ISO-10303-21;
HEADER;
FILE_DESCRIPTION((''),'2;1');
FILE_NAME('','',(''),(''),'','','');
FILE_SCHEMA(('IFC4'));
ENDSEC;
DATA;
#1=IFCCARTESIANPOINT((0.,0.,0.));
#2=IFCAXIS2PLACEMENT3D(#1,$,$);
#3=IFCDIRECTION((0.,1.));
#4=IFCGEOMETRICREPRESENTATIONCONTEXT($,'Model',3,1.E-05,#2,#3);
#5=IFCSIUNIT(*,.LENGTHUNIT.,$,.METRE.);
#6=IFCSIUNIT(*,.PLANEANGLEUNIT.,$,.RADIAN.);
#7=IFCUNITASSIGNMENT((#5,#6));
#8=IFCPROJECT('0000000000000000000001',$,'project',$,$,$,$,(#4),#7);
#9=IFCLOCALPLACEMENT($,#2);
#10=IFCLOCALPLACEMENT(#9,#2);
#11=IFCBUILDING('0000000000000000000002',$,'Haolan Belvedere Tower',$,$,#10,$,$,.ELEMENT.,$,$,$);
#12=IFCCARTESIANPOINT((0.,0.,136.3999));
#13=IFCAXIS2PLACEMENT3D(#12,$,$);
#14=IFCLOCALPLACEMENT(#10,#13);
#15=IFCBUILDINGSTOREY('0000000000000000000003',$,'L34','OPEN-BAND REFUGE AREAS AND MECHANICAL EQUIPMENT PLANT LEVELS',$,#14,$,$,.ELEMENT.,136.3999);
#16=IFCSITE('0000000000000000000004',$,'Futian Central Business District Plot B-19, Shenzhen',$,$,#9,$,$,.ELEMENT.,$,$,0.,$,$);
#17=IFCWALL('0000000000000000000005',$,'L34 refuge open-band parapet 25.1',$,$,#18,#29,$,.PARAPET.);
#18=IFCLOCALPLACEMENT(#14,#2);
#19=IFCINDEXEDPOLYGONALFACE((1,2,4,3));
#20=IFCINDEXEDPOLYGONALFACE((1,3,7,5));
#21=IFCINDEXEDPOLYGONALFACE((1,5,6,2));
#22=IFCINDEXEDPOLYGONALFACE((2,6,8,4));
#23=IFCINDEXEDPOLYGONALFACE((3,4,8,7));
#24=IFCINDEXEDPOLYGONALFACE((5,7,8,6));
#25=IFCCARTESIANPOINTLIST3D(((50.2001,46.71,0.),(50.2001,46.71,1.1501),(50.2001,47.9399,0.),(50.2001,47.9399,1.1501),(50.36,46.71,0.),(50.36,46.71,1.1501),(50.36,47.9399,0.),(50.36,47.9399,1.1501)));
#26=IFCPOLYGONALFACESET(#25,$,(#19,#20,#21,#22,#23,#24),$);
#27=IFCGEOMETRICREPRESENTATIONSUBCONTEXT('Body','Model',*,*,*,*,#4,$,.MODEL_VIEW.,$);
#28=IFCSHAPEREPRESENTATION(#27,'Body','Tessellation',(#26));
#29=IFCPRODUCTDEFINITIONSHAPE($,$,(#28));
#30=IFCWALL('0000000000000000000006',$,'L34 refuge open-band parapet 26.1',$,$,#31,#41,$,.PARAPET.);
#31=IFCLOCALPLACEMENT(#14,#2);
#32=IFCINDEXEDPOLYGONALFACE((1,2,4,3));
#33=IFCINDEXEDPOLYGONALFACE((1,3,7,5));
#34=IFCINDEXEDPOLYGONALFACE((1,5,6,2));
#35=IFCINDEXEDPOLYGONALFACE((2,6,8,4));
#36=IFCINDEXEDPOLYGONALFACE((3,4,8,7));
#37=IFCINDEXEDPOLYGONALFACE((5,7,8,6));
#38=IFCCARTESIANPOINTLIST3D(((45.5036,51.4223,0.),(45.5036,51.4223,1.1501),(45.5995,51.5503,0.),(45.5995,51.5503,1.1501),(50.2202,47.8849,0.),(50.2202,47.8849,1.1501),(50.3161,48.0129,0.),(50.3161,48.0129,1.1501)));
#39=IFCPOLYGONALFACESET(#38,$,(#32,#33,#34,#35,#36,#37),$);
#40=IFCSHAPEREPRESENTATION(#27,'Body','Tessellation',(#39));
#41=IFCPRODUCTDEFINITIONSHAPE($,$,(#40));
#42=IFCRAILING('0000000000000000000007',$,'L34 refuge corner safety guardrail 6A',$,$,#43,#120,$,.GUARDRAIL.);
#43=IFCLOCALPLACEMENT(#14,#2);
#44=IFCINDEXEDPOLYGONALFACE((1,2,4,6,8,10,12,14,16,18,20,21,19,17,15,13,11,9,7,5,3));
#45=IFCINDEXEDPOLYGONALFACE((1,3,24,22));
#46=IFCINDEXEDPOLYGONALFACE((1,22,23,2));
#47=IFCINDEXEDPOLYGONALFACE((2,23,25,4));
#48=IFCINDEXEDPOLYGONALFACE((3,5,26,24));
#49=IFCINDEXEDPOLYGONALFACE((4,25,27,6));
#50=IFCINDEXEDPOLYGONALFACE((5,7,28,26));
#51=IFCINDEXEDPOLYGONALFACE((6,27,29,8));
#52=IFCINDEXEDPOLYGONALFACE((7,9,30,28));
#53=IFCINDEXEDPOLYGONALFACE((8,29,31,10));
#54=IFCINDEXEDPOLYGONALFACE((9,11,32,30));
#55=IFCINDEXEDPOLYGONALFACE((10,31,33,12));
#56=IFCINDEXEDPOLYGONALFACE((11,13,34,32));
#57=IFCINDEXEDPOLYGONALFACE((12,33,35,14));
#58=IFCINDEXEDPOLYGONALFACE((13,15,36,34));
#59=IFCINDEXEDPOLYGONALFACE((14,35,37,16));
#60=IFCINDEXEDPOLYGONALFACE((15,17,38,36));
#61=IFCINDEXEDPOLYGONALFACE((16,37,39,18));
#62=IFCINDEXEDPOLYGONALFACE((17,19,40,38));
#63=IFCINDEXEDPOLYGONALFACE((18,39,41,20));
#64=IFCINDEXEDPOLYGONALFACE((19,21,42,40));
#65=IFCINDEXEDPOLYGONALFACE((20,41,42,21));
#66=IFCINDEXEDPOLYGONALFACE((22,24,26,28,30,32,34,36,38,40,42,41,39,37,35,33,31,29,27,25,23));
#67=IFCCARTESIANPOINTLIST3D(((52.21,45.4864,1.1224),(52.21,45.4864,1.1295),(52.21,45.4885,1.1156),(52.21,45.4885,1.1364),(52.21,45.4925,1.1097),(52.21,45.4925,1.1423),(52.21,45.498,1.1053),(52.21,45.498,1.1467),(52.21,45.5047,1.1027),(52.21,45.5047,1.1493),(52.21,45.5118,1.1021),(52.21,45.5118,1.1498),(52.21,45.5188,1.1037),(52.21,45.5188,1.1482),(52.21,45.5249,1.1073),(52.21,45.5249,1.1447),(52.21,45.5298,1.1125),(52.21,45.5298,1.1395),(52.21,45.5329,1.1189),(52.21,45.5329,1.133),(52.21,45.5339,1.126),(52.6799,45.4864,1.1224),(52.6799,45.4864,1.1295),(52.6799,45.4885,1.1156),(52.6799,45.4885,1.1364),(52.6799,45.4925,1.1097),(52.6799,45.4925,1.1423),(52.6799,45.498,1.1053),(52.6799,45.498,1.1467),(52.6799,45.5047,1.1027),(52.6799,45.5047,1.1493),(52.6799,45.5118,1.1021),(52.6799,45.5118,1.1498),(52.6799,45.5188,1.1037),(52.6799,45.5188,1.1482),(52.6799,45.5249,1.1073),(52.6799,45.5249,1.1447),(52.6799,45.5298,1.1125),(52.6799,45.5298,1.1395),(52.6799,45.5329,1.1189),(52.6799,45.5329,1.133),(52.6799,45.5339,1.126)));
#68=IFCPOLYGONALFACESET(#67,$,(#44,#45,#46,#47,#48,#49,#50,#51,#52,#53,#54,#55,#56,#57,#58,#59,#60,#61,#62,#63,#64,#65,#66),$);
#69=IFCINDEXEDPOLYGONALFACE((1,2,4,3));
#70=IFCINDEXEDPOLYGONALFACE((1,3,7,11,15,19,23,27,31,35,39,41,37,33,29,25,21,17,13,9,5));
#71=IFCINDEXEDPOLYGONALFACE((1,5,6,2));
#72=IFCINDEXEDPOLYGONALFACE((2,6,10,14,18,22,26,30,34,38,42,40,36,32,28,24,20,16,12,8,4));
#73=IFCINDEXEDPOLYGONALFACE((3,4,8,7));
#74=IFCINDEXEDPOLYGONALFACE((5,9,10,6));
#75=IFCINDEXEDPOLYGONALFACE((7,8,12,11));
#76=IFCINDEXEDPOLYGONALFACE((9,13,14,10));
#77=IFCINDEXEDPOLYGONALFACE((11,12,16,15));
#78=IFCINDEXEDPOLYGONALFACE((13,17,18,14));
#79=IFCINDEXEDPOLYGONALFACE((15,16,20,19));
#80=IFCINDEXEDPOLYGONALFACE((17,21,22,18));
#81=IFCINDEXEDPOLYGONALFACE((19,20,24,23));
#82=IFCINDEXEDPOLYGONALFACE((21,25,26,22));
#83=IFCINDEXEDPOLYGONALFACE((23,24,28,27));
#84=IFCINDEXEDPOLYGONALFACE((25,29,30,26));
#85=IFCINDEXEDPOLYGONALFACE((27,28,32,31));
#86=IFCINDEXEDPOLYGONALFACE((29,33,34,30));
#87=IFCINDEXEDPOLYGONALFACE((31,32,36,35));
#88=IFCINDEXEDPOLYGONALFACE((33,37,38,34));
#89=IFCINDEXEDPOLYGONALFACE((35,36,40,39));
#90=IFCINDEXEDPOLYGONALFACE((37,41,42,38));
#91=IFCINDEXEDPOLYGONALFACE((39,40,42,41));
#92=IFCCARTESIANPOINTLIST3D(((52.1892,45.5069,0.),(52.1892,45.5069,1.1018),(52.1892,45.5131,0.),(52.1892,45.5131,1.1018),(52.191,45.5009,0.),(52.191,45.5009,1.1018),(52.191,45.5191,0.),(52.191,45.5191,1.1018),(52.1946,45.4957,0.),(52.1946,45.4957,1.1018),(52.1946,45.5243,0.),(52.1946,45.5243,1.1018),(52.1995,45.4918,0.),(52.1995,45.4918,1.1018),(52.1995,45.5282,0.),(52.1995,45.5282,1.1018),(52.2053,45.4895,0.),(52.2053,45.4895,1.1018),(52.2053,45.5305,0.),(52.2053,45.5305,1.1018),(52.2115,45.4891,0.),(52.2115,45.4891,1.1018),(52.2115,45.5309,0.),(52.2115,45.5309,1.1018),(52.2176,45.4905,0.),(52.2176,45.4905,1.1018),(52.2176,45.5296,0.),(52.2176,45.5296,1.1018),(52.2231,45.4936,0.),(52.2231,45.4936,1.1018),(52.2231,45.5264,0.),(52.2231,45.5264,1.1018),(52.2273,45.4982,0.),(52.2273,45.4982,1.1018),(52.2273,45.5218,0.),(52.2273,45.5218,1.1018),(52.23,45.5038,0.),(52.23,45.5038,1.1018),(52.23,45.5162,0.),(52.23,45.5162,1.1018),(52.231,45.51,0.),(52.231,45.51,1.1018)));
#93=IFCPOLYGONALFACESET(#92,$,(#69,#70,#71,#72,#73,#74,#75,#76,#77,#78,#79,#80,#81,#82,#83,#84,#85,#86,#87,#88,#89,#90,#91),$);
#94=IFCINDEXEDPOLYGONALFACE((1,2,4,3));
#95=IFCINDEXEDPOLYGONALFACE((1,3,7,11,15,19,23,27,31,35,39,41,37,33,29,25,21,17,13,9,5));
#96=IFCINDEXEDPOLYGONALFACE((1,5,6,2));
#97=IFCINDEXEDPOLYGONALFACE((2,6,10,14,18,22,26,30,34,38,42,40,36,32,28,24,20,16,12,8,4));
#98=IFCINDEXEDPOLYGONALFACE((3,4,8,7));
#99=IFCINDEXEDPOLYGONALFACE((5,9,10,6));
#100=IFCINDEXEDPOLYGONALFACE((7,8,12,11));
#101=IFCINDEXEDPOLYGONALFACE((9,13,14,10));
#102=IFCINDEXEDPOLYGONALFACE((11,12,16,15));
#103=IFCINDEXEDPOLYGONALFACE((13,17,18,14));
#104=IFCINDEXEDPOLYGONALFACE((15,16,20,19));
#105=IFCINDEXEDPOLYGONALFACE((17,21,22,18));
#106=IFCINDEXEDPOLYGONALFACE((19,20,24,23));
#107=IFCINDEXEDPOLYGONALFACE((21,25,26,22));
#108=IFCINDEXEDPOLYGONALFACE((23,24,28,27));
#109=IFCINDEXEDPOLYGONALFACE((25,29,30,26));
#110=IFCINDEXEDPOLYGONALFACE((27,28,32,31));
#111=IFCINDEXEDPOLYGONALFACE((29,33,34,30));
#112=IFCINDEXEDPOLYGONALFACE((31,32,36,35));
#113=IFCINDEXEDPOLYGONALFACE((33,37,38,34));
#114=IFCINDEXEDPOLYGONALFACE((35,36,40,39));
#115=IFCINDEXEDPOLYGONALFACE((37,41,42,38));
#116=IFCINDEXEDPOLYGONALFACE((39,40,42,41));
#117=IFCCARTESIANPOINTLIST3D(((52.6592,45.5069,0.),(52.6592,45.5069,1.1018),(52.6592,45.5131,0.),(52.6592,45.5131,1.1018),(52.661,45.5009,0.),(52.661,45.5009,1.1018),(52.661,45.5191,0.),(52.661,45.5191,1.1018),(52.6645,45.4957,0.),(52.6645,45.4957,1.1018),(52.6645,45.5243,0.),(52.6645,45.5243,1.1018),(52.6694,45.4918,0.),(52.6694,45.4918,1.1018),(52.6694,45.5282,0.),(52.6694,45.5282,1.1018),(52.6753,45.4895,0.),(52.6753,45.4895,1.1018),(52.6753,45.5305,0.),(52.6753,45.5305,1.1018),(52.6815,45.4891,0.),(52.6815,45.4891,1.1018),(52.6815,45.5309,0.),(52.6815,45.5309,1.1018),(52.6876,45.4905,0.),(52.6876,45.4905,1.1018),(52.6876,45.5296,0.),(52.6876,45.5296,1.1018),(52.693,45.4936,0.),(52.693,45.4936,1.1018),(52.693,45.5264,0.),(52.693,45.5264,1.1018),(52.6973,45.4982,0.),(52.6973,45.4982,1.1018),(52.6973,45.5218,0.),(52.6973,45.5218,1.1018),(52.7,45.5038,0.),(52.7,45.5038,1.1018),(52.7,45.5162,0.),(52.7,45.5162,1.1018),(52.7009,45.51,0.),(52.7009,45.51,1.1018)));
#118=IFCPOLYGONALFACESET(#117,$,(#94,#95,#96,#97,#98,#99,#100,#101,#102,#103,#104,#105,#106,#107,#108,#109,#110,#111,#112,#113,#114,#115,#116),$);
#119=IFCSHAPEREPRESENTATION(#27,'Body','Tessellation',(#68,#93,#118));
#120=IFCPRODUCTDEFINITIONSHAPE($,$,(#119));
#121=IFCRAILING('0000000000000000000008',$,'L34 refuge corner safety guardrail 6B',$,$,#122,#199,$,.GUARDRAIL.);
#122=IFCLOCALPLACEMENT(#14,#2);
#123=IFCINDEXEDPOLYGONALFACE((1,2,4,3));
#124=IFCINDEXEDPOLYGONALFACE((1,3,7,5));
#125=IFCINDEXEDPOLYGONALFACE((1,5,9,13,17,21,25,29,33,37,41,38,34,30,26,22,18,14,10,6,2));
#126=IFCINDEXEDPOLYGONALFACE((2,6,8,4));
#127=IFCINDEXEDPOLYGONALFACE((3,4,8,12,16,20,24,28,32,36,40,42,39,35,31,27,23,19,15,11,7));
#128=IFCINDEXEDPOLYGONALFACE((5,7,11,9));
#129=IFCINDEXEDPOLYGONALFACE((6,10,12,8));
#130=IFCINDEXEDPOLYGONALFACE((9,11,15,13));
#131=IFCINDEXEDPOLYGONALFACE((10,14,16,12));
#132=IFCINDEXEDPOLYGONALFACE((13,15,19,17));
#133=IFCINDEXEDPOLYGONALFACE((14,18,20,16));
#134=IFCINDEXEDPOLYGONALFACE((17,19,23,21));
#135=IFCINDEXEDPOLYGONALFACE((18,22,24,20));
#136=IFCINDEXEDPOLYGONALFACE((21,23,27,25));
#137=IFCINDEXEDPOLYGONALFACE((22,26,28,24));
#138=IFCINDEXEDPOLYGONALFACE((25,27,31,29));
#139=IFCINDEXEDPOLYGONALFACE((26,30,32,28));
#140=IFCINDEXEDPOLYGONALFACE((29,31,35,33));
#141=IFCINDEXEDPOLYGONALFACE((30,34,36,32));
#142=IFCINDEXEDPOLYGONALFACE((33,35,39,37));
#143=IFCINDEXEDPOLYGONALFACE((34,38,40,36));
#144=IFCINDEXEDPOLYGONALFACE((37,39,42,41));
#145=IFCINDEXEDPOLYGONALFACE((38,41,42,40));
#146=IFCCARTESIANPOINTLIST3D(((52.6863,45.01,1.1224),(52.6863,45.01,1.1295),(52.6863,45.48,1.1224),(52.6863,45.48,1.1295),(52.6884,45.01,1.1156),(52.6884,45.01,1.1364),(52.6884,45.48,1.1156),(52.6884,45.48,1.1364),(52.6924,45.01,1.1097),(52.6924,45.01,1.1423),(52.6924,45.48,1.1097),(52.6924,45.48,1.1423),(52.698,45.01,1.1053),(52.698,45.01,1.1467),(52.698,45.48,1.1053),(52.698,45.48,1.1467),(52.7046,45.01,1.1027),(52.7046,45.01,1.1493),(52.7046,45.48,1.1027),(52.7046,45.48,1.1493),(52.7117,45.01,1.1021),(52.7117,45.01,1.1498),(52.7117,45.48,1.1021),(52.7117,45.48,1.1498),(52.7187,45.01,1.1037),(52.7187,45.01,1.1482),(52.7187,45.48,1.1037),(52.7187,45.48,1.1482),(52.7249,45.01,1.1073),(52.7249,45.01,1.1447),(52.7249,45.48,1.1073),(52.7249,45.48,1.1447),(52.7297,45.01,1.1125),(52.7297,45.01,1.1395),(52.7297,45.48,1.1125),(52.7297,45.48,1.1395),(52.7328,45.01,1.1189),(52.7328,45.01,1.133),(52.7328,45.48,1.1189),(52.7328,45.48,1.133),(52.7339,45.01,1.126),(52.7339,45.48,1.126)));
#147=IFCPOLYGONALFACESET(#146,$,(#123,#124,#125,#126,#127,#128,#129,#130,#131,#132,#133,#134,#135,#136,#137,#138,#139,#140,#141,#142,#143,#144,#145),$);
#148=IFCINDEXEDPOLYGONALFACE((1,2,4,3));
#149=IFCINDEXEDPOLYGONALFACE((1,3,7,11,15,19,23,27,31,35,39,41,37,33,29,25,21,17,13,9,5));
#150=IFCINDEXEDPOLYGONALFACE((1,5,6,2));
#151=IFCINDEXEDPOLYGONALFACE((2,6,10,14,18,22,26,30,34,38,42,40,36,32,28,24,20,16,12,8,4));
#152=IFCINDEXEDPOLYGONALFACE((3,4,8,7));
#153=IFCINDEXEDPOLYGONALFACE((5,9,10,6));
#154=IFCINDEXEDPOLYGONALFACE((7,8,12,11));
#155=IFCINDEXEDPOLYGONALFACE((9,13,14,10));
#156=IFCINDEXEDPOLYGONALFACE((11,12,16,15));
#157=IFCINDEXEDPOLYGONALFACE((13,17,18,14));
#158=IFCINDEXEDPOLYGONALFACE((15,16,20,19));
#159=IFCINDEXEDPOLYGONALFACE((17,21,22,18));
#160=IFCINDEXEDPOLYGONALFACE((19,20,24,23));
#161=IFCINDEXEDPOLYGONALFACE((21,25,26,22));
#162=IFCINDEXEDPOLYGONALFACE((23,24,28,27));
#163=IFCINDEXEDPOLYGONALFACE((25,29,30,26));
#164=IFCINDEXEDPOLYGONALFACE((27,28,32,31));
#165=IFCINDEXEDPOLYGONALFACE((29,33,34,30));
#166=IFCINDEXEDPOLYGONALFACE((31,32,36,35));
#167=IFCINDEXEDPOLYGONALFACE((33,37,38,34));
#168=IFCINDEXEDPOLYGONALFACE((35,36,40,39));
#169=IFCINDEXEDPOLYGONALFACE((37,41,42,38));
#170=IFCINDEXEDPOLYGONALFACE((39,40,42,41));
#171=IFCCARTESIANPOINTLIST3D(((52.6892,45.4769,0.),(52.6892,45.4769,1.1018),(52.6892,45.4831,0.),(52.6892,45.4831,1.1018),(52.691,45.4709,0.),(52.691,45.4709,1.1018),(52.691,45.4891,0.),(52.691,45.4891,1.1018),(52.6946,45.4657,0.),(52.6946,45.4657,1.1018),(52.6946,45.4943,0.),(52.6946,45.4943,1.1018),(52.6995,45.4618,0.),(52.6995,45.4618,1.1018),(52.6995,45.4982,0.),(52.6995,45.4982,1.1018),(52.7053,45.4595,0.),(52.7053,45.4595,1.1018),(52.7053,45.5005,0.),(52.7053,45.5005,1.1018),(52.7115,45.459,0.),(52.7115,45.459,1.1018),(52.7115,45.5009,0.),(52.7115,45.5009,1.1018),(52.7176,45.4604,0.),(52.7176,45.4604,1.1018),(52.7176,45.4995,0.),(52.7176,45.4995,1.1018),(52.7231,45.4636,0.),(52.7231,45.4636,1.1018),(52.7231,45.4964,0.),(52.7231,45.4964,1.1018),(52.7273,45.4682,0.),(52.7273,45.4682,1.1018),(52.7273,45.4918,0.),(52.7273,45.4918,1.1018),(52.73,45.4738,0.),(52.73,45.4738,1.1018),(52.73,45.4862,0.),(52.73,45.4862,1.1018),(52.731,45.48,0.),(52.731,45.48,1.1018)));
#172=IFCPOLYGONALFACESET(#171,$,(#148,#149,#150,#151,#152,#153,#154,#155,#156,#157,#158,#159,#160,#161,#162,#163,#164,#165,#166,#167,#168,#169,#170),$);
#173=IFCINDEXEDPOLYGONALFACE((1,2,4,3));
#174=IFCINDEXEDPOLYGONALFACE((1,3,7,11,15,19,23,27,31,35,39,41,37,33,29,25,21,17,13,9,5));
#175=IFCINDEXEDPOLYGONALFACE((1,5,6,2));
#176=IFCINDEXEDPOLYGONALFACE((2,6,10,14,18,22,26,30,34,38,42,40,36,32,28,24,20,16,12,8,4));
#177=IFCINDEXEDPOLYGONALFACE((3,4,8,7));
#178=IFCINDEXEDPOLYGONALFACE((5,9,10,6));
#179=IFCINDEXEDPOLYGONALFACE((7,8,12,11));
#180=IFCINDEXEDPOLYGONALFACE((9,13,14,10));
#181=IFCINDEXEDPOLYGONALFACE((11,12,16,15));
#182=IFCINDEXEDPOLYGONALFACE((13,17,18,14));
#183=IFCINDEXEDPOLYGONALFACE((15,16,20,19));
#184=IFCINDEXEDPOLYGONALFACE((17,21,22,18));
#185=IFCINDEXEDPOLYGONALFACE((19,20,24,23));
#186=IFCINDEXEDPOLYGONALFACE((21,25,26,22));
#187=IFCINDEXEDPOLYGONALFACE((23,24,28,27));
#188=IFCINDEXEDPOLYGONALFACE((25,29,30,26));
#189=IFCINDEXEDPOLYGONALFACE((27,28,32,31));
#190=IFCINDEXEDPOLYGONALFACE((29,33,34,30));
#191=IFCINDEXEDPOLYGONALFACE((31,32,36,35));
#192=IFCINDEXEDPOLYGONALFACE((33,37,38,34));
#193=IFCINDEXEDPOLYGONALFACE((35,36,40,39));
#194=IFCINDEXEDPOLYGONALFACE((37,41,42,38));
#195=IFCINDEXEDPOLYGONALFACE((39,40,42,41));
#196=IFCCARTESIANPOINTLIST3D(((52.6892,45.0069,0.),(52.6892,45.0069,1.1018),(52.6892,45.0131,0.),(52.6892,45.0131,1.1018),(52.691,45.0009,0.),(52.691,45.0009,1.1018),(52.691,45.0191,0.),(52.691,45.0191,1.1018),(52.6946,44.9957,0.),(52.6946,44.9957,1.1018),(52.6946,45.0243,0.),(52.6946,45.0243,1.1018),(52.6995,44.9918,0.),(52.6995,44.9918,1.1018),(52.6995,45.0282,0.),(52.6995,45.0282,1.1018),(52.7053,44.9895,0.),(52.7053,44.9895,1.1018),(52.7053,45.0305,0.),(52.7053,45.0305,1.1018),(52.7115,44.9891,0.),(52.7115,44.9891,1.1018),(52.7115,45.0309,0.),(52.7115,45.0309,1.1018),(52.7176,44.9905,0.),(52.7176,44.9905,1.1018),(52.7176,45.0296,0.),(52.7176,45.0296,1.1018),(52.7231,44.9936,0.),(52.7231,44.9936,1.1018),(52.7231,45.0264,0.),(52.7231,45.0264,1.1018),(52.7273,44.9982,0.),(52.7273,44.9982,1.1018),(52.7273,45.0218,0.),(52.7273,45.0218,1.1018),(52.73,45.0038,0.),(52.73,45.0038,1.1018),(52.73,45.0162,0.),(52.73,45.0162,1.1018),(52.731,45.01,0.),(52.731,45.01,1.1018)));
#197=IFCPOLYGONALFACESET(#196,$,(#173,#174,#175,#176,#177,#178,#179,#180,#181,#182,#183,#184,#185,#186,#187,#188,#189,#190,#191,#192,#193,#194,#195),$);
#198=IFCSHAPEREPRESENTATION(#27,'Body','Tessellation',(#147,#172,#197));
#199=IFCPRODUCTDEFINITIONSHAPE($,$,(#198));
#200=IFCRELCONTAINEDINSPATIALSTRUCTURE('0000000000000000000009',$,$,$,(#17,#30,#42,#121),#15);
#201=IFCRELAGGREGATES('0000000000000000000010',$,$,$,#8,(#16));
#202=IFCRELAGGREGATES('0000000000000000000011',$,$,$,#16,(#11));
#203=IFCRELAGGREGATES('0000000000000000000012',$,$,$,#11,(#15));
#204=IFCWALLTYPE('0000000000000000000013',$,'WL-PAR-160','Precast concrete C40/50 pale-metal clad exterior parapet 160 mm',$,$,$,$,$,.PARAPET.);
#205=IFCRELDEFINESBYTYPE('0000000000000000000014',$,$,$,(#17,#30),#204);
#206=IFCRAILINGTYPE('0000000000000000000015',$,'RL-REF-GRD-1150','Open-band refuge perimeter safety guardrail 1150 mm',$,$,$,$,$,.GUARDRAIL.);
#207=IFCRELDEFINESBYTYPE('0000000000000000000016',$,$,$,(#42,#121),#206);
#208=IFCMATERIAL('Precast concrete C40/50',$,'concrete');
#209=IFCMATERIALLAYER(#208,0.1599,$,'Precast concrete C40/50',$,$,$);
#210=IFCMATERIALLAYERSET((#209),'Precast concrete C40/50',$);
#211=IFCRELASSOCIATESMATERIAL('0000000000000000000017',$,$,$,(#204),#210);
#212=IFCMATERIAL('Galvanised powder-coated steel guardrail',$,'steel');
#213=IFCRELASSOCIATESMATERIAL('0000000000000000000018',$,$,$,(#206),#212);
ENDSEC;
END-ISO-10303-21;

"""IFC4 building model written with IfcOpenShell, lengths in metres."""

from ifc_helpers import new_model, si_unit, direction, frame, frame_2d, origin, origin_2d, place, context, subcontext, project, spatial, rectangle, circle, extrude, material, layer, layer_set, type_object, element, save


model = new_model("IFC4")

# Units and contexts
model_context = context("Model", 3, precision=1e-05, world=origin(), true_north=direction((0.0, 1.0)))
body_context = subcontext(model_context, "Body", "Model", "MODEL_VIEW")
ifc_project = project(units=[si_unit("LENGTHUNIT", "METRE"), si_unit("PLANEANGLEUNIT", "RADIAN")], contexts=[model_context])

# Site, building, storey
site_placement = place(None, origin())
site = spatial("IfcSite", under=ifc_project, at=site_placement, Name="Futian Central Business District Plot B-19, Shenzhen", CompositionType="ELEMENT", RefElevation=0.0)
building_placement = place(site_placement, origin())
building = spatial("IfcBuilding", under=site, at=building_placement, Name="Haolan Belvedere Tower", CompositionType="ELEMENT")
storey_placement = place(building_placement, frame((0.0, 0.0, 136.3999)))
storey = spatial("IfcBuildingStorey", under=building, at=storey_placement, Name="L34", Description="OPEN-BAND REFUGE AREAS AND MECHANICAL EQUIPMENT PLANT LEVELS", CompositionType="ELEMENT", Elevation=136.3999)

# Walls
ifc_material_1 = material(Name="Precast concrete C40/50", Category="concrete")
ifc_layer_1 = layer(ifc_material_1, 0.1599, Name="Precast concrete C40/50")
ifc_layer_set_1 = layer_set([ifc_layer_1], Name="Precast concrete C40/50")
wall_type_1 = type_object("IfcWallType", Name="WL-PAR-160", Description="Precast concrete C40/50 pale-metal clad exterior parapet 160 mm", PredefinedType="PARAPET", material=ifc_layer_set_1)
wall_1_placement = place(storey_placement, frame((50.28, 46.71, 0.0), z_axis=(0.0, 0.0, 1.0), x_axis=(0.0, 1.0, 0.0)))
element("IfcWall", 1, at=wall_1_placement, inside=storey, type_object=wall_type_1, Name="L34 refuge open-band parapet 25.1", PredefinedType="PARAPET", context=body_context, shape_type="SweptSolid", body=[
    extrude(rectangle(XDim=1.23, YDim=0.1599, at=frame_2d((0.615, 0.0))), origin(), (0.0, 0.0, 1.0), 1.1501),
])
wall_2_placement = place(storey_placement, frame((50.2681, 47.949, 0.0), z_axis=(0.0, 0.0, 1.0), x_axis=(-0.800005, 0.599993, 0.0)))
element("IfcWall", 2, at=wall_2_placement, inside=storey, type_object=wall_type_1, Name="L34 refuge open-band parapet 26.1", PredefinedType="PARAPET", context=body_context, shape_type="SweptSolid", body=[
    extrude(rectangle(XDim=5.8958, YDim=0.1599, at=frame_2d((2.9478, 0.0))), origin(), (0.0, 0.0, 1.0), 1.1501),
])

# Railings
ifc_material_2 = material(Name="Galvanised powder-coated steel guardrail", Category="steel")
railing_type = type_object("IfcRailingType", Name="RL-REF-GRD-1150", Description="Open-band refuge perimeter safety guardrail 1150 mm", PredefinedType="GUARDRAIL", material=ifc_material_2)
railing_1_placement = place(storey_placement, frame((52.21, 45.51, 0.0)))
element("IfcRailing", 3, at=railing_1_placement, inside=storey, type_object=railing_type, Name="L34 refuge corner safety guardrail 6A", PredefinedType="GUARDRAIL", context=body_context, shape_type="SweptSolid", body=[
    extrude(circle(Radius=0.0239, at=origin_2d()), frame((0.0, 0.0, 1.126), z_axis=(1.0, 0.0, 0.0), x_axis=(0.0, 1.0, 0.0)), (0.0, 0.0, 1.0), 0.47),
    extrude(circle(Radius=0.021, at=origin_2d()), origin(), (0.0, 0.0, 1.0), 1.1018),
    extrude(circle(Radius=0.021, at=origin_2d()), frame((0.47, 0.0, 0.0)), (0.0, 0.0, 1.0), 1.1018),
])
railing_2_placement = place(storey_placement, frame((52.71, 45.48, 0.0)))
element("IfcRailing", 4, at=railing_2_placement, inside=storey, type_object=railing_type, Name="L34 refuge corner safety guardrail 6B", PredefinedType="GUARDRAIL", context=body_context, shape_type="SweptSolid", body=[
    extrude(circle(Radius=0.0239, at=origin_2d()), frame((0.0, 0.0, 1.126), z_axis=(0.0, -1.0, 0.0), x_axis=(1.0, 0.0, 0.0)), (0.0, 0.0, 1.0), 0.47),
    extrude(circle(Radius=0.021, at=origin_2d()), origin(), (0.0, 0.0, 1.0), 1.1018),
    extrude(circle(Radius=0.021, at=origin_2d()), frame((0.0, -0.47, 0.0)), (0.0, 0.0, 1.0), 1.1018),
])

save(model, "model.ifc")
